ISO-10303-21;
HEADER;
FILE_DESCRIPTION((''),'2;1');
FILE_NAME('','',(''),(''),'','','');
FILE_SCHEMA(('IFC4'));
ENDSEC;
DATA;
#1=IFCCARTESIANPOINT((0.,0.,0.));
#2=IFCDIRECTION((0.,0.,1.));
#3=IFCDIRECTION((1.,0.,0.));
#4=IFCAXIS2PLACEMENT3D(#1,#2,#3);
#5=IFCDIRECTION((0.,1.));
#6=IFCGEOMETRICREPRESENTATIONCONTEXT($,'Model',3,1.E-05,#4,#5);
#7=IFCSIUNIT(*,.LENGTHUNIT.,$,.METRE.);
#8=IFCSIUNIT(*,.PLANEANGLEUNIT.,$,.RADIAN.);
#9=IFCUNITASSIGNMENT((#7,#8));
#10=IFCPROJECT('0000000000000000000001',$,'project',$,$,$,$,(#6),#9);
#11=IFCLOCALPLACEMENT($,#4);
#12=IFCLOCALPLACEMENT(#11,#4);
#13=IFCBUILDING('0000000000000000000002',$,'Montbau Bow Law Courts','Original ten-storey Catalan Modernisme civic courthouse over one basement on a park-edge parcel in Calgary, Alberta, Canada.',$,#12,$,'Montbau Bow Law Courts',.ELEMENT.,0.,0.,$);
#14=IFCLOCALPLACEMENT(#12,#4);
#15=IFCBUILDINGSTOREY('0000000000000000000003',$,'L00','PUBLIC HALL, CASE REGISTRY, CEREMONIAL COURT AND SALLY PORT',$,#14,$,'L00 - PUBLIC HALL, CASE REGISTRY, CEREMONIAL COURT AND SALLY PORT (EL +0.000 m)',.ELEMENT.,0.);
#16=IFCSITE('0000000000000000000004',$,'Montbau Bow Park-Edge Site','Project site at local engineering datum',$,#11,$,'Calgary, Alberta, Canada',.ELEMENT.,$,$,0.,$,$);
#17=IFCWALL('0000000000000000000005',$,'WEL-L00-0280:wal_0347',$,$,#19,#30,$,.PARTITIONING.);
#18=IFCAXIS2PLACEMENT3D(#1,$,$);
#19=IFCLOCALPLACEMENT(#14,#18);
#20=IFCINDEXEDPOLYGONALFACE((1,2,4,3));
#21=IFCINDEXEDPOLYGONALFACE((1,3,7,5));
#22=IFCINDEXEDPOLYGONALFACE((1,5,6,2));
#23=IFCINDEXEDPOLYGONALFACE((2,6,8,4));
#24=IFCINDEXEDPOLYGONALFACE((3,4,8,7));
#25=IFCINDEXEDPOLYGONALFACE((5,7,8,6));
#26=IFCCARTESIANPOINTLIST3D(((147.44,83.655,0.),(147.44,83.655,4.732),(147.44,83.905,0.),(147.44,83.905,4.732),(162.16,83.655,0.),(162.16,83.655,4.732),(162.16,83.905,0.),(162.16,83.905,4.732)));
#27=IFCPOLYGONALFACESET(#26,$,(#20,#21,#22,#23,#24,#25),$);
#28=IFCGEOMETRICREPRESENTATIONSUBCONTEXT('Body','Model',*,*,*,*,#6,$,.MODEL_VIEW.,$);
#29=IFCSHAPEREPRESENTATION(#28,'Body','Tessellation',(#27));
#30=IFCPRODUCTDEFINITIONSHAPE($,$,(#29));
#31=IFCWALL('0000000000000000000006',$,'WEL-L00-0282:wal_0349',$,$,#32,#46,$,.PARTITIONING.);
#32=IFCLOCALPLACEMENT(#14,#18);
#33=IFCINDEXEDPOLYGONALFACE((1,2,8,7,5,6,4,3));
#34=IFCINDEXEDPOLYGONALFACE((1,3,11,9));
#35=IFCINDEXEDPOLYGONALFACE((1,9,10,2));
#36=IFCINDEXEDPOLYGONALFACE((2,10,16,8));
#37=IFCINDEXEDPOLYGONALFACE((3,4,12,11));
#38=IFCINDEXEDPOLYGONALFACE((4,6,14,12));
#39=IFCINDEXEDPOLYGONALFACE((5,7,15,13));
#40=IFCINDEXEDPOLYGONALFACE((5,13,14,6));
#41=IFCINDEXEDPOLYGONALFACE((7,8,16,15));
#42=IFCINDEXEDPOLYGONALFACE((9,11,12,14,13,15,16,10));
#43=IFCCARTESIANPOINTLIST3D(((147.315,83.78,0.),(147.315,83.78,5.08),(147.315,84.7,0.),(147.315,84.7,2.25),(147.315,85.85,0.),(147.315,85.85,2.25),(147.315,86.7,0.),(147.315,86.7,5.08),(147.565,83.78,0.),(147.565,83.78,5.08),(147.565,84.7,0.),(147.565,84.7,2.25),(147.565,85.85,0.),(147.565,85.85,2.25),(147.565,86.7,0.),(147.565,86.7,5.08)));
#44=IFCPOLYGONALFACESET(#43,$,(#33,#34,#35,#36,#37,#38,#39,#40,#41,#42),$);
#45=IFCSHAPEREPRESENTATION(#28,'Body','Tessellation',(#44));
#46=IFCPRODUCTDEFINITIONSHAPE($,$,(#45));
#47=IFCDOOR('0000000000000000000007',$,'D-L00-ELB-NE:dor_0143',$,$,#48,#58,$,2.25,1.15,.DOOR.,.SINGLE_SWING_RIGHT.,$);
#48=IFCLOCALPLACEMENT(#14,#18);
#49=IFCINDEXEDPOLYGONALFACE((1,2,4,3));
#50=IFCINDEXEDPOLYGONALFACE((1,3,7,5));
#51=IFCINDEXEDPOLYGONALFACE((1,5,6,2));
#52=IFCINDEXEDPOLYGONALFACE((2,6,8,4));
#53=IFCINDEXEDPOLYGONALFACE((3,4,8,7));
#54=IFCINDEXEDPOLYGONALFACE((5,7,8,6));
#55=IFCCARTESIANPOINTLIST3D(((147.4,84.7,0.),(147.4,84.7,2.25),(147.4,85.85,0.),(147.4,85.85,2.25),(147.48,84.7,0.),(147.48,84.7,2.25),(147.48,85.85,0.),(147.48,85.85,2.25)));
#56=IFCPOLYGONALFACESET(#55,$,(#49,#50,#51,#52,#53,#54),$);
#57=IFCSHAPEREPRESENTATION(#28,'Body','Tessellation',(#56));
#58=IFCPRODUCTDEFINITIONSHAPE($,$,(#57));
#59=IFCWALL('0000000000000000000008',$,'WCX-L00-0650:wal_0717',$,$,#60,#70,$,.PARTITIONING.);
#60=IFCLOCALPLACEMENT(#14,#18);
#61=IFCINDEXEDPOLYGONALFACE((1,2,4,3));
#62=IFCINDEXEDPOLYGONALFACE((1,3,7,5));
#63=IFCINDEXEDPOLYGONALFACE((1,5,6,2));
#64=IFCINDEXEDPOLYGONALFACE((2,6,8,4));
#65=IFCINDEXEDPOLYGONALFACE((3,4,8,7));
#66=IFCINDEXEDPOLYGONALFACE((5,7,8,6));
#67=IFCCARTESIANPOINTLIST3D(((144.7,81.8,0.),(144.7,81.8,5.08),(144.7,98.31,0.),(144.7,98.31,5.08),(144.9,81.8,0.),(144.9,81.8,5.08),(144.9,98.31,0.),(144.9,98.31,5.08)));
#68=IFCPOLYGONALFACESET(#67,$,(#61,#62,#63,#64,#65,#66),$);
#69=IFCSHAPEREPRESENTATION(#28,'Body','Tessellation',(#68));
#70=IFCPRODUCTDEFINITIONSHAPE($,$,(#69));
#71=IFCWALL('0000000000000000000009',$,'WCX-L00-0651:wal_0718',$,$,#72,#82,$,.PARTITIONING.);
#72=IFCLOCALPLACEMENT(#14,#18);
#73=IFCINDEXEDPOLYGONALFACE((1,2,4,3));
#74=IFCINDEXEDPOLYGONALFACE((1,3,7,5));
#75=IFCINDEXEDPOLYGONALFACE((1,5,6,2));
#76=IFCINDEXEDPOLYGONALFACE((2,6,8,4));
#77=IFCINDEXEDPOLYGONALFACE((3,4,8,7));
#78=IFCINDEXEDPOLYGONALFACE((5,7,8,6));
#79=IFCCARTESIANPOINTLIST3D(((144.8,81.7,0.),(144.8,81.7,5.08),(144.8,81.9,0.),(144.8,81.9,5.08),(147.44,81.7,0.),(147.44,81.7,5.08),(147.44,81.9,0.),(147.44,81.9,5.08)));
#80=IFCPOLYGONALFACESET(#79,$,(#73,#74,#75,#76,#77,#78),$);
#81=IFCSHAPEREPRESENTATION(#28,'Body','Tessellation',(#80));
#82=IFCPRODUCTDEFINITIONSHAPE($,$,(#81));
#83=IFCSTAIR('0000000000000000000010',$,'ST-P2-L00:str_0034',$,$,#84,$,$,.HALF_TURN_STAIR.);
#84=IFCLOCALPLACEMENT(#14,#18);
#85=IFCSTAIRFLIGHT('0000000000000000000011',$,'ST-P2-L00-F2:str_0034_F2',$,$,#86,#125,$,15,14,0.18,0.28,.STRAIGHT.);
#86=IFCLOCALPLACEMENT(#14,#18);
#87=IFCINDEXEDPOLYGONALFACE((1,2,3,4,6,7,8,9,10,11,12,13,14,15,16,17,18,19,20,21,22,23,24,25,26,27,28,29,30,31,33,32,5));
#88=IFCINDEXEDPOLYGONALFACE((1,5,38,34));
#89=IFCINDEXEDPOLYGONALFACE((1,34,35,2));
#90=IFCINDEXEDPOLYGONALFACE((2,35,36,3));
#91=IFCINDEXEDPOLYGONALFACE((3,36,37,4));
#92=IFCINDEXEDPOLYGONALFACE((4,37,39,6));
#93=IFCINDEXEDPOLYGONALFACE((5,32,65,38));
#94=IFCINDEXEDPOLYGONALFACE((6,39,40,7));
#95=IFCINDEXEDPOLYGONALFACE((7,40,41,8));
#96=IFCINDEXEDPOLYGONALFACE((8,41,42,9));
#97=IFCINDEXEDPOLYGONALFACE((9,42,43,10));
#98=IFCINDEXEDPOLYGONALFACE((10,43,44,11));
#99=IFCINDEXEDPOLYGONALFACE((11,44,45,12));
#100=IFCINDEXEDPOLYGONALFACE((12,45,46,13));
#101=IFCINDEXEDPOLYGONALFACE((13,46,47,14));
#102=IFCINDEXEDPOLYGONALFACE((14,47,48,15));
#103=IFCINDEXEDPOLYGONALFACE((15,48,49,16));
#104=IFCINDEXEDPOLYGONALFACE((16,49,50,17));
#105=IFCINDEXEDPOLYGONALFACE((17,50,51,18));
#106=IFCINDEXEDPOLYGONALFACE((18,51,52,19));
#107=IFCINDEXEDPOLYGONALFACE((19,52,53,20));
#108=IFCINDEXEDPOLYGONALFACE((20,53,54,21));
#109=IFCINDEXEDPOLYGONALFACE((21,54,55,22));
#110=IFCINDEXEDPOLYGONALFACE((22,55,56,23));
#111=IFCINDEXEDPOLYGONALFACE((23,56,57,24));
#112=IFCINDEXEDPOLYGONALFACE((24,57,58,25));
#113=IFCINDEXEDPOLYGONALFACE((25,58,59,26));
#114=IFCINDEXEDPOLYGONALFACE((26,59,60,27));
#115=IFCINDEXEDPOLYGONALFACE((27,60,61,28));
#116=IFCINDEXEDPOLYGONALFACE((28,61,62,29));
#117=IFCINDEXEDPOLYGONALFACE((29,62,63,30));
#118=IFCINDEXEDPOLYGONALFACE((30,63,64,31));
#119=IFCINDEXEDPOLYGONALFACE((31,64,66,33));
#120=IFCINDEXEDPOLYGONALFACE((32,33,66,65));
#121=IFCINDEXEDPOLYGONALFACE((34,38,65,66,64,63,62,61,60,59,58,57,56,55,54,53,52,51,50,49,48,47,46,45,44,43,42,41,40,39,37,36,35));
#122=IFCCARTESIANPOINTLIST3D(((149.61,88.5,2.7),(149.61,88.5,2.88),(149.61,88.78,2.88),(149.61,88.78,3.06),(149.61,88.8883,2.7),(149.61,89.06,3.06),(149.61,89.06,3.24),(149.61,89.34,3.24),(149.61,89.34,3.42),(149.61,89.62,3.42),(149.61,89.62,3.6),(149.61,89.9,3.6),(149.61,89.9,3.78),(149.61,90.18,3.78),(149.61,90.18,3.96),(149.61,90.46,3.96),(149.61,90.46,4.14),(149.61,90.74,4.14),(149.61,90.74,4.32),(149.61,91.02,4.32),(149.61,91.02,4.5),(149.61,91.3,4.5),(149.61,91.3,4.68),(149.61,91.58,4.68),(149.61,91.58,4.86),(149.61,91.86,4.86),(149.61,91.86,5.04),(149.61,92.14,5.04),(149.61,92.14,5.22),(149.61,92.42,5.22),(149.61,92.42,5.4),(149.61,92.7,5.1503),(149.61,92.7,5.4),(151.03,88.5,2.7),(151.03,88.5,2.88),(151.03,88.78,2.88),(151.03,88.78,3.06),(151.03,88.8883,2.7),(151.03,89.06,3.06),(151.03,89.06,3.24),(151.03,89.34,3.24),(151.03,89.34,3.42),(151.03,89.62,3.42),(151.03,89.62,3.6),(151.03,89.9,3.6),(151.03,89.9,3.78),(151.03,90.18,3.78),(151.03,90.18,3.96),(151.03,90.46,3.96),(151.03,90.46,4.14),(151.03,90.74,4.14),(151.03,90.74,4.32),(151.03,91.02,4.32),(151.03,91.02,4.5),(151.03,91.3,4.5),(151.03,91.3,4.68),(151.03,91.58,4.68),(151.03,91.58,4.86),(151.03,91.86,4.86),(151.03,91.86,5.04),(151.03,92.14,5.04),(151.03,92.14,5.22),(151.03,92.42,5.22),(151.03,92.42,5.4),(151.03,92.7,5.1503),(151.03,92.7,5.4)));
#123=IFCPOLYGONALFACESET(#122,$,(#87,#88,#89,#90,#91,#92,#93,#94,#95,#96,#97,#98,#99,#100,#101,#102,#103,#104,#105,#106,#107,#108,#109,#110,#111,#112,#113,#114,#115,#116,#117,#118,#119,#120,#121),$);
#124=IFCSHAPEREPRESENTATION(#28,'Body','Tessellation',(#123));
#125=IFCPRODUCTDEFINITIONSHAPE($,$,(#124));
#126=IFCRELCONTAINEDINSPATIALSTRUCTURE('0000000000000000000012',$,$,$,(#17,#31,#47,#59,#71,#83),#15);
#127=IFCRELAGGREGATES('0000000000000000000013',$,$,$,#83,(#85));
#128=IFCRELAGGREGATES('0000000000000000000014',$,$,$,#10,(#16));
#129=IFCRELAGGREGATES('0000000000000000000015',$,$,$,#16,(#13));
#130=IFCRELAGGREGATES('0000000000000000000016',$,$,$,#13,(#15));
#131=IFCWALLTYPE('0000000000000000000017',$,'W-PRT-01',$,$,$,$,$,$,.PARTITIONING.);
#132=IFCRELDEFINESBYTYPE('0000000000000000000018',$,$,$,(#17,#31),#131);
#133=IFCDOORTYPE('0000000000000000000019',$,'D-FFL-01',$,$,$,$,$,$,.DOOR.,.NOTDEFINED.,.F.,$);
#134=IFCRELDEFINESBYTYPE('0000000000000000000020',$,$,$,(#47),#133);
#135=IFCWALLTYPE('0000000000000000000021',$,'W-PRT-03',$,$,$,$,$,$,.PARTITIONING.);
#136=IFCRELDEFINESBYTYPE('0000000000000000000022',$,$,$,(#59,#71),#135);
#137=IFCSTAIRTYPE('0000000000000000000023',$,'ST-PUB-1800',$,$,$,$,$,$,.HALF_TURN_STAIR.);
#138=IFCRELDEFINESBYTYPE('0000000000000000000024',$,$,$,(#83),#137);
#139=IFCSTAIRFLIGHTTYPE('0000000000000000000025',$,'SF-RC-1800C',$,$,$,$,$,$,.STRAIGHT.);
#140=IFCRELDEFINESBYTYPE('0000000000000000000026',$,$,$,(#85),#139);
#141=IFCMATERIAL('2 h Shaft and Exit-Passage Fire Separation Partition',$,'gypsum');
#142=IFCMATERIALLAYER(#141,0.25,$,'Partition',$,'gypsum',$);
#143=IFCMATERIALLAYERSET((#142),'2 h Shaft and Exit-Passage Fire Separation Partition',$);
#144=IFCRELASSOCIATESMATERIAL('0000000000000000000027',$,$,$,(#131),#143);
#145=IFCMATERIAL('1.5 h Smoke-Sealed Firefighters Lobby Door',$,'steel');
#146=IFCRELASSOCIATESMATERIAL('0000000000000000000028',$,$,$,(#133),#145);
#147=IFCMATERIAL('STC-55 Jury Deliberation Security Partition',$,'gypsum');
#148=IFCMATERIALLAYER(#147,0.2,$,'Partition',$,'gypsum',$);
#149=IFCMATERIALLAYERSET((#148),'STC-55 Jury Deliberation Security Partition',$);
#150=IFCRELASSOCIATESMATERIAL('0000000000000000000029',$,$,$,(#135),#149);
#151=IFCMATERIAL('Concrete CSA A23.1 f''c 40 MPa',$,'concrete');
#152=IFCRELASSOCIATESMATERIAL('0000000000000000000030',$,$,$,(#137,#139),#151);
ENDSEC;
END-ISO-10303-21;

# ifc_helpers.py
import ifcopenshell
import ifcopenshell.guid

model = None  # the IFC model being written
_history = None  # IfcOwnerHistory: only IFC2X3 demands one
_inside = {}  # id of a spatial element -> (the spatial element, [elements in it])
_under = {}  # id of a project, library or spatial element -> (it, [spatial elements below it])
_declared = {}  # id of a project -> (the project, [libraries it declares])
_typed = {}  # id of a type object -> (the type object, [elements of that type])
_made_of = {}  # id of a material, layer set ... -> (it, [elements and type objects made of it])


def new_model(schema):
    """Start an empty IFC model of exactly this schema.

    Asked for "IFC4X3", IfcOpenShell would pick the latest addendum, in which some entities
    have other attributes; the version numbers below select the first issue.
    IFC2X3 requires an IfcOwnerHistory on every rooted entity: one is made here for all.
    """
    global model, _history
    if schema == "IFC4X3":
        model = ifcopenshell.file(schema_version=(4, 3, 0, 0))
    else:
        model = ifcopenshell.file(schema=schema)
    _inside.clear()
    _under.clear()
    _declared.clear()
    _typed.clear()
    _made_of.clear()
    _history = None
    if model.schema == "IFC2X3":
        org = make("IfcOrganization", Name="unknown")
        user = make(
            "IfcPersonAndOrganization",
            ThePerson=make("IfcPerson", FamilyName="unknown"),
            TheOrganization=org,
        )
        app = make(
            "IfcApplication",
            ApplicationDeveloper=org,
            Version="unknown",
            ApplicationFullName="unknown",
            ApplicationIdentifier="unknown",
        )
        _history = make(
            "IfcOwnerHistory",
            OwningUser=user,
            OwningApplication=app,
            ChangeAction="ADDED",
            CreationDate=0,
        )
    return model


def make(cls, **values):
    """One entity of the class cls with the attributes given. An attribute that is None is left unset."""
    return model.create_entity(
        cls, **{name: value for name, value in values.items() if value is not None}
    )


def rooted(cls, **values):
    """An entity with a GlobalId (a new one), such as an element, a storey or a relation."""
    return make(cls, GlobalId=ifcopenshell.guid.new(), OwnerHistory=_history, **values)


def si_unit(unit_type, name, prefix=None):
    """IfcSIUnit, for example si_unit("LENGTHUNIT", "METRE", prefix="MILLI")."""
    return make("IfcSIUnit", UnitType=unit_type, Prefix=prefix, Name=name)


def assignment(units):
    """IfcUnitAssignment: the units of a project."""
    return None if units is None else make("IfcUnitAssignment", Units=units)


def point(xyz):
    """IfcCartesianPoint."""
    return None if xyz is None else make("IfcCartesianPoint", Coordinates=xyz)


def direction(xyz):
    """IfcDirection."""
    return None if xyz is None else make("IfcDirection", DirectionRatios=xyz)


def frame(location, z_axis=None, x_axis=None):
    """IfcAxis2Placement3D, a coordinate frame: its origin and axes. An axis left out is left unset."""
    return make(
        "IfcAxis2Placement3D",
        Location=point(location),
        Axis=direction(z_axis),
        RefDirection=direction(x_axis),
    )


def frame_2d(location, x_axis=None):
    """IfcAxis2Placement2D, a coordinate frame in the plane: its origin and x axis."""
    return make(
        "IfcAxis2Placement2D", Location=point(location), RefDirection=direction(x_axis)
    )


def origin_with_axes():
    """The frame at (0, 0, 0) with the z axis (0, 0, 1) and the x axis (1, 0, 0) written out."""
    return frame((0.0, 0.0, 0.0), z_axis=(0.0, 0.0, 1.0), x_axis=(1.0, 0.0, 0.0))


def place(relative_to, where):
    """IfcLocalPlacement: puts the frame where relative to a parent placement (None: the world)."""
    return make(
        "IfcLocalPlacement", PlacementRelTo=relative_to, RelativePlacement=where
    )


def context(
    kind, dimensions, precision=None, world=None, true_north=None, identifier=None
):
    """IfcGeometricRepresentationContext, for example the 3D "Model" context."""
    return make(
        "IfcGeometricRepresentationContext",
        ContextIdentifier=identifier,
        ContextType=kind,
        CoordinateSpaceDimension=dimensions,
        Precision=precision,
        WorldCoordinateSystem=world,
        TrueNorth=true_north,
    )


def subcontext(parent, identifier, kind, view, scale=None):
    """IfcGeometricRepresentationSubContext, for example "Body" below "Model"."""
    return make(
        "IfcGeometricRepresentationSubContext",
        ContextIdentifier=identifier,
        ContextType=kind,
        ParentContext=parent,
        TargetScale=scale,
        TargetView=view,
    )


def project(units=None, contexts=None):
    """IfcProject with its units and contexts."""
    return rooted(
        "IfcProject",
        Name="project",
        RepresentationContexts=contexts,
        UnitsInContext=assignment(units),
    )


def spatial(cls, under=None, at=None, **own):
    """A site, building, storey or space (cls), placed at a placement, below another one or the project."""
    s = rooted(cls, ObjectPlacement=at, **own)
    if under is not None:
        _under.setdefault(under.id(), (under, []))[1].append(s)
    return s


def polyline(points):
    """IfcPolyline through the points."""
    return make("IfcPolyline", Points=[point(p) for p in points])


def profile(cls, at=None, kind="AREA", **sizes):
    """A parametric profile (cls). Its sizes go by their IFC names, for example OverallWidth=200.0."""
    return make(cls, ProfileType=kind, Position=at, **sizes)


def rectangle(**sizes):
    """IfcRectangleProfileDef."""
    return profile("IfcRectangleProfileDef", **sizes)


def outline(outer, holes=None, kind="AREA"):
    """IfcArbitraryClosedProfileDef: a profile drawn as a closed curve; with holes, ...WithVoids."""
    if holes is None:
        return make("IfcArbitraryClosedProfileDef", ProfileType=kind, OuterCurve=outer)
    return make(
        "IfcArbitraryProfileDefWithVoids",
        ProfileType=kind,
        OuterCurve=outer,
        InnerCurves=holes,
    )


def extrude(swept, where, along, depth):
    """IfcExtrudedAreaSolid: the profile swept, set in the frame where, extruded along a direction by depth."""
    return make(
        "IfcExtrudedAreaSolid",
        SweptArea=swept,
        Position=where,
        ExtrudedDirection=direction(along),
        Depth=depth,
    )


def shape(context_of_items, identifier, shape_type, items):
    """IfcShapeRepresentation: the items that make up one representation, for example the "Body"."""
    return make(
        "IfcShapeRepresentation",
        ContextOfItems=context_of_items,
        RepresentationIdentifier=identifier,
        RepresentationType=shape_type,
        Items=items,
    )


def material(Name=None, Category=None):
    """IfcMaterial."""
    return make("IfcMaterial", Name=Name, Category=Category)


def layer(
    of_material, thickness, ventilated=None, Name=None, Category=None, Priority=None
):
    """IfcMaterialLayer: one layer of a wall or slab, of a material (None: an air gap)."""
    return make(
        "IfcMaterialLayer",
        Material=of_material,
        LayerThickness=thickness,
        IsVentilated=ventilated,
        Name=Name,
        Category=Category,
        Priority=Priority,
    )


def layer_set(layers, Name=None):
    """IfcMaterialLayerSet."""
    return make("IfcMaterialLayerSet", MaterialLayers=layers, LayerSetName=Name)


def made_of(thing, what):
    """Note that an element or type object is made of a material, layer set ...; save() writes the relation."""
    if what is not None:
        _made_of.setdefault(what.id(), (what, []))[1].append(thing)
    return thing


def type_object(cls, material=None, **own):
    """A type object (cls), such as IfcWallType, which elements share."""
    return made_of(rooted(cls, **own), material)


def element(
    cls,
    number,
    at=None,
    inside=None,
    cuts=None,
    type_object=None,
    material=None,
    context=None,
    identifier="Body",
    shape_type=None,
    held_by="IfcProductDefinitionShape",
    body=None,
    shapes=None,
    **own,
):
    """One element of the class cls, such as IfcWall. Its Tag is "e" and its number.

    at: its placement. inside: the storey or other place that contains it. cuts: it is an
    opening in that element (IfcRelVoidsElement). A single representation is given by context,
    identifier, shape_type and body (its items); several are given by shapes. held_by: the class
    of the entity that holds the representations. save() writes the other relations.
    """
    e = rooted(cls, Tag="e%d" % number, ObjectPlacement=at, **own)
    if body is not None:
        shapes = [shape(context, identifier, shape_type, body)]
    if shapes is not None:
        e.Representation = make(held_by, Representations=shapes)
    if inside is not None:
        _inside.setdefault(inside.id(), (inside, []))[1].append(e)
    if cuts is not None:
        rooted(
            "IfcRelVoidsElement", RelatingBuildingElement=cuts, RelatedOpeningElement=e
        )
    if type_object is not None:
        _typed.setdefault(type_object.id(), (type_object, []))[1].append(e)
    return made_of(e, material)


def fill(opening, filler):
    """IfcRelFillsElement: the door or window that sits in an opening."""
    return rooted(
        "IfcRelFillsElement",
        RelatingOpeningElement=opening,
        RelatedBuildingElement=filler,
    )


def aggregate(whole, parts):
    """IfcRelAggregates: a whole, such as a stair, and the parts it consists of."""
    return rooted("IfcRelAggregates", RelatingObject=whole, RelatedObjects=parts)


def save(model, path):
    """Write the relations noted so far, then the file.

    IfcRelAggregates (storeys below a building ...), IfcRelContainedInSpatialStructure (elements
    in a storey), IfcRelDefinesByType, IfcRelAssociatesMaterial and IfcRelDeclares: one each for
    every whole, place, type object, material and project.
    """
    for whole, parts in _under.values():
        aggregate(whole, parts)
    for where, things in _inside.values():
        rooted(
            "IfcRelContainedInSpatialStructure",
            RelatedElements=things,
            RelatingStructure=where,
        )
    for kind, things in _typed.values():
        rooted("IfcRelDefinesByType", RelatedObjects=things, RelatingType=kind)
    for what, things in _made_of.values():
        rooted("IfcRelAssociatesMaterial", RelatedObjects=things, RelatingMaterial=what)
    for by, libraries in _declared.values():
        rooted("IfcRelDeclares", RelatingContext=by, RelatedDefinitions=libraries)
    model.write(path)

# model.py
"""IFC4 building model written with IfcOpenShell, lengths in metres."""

from ifc_helpers import new_model, si_unit, direction, frame, frame_2d, origin_with_axes, place, context, subcontext, project, spatial, polyline, rectangle, outline, extrude, material, layer, layer_set, type_object, element, fill, aggregate, save


model = new_model("IFC4")

# Units and contexts
model_context = context("Model", 3, precision=1e-05, world=origin_with_axes(), true_north=direction((0.0, 1.0)))
body_context = subcontext(model_context, "Body", "Model", "MODEL_VIEW")
ifc_project = project(units=[si_unit("LENGTHUNIT", "METRE"), si_unit("PLANEANGLEUNIT", "RADIAN")], contexts=[model_context])

# Site, building, storey
site_placement = place(None, origin_with_axes())
site = spatial("IfcSite", under=ifc_project, at=site_placement, Name="Montbau Bow Park-Edge Site", Description="Project site at local engineering datum", LongName="Calgary, Alberta, Canada", CompositionType="ELEMENT", RefElevation=0.0)
building_placement = place(site_placement, origin_with_axes())
building = spatial("IfcBuilding", under=site, at=building_placement, Name="Montbau Bow Law Courts", Description="Original ten-storey Catalan Modernisme civic courthouse over one basement on a park-edge parcel in Calgary, Alberta, Canada.", LongName="Montbau Bow Law Courts", CompositionType="ELEMENT", ElevationOfRefHeight=0.0, ElevationOfTerrain=0.0)
storey_placement = place(building_placement, origin_with_axes())
storey = spatial("IfcBuildingStorey", under=building, at=storey_placement, Name="L00", Description="PUBLIC HALL, CASE REGISTRY, CEREMONIAL COURT AND SALLY PORT", LongName="L00 - PUBLIC HALL, CASE REGISTRY, CEREMONIAL COURT AND SALLY PORT (EL +0.000 m)", CompositionType="ELEMENT", Elevation=0.0)

# Shared definitions
ifc_material_1 = material(Name="Concrete CSA A23.1 f'c 40 MPa", Category="concrete")

# Wall
ifc_material_2 = material(Name="2 h Shaft and Exit-Passage Fire Separation Partition", Category="gypsum")
ifc_layer_1 = layer(ifc_material_2, 0.25, Name="Partition", Category="gypsum")
ifc_layer_set_1 = layer_set([ifc_layer_1], Name="2 h Shaft and Exit-Passage Fire Separation Partition")
wall_type_1 = type_object("IfcWallType", Name="W-PRT-01", PredefinedType="PARTITIONING", material=ifc_layer_set_1)
wall_1_placement = place(None, frame((147.44, 83.78, 0.0), z_axis=(0.0, 0.0, 1.0), x_axis=(1.0, 0.0, 0.0)))
element("IfcWall", 1, at=wall_1_placement, inside=storey, type_object=wall_type_1, Name="WEL-L00-0280:wal_0347", PredefinedType="PARTITIONING", context=body_context, shape_type="SweptSolid", body=[
    extrude(rectangle(XDim=14.72, YDim=0.25, at=frame_2d((7.36, 0.0), x_axis=(1.0, 0.0))), origin_with_axes(), (0.0, 0.0, 1.0), 4.732),
])

# Wall, opening, door
wall_2_placement = place(None, frame((147.44, 86.7, 0.0), z_axis=(0.0, 0.0, 1.0), x_axis=(0.0, -1.0, 0.0)))
wall_2 = element("IfcWall", 2, at=wall_2_placement, inside=storey, type_object=wall_type_1, Name="WEL-L00-0282:wal_0349", PredefinedType="PARTITIONING", context=body_context, shape_type="SweptSolid", body=[
    extrude(rectangle(XDim=2.92, YDim=0.25, at=frame_2d((1.46, 0.0), x_axis=(1.0, 0.0))), origin_with_axes(), (0.0, 0.0, 1.0), 5.08),
])
opening_1_placement = place(None, frame((147.44, 85.275, 0.0), z_axis=(0.0, 0.0, 1.0), x_axis=(0.0, -1.0, 0.0)))
opening_1 = element("IfcOpeningElement", 3, at=opening_1_placement, cuts=wall_2, PredefinedType="OPENING", context=body_context, shape_type="SweptSolid", body=[
    extrude(rectangle(XDim=1.15, YDim=2.25, at=frame_2d((0.0, 1.125), x_axis=(1.0, 0.0))), frame((0.0, 0.135, 0.0), z_axis=(0.0, -1.0, 0.0), x_axis=(1.0, 0.0, 0.0)), (0.0, 0.0, 1.0), 0.27),
])
ifc_material_3 = material(Name="1.5 h Smoke-Sealed Firefighters Lobby Door", Category="steel")
door_type_1 = type_object("IfcDoorType", Name="D-FFL-01", OperationType="NOTDEFINED", ParameterTakesPrecedence=False, PredefinedType="DOOR", material=ifc_material_3)
door_1_placement = place(None, frame((147.44, 85.275, 0.0), z_axis=(0.0, 0.0, 1.0), x_axis=(0.0, -1.0, 0.0)))
door_1 = element("IfcDoor", 4, at=door_1_placement, inside=storey, type_object=door_type_1, Name="D-L00-ELB-NE:dor_0143", OperationType="SINGLE_SWING_RIGHT", OverallHeight=2.25, OverallWidth=1.15, PredefinedType="DOOR", context=body_context, shape_type="SweptSolid", body=[
    extrude(rectangle(XDim=1.15, YDim=2.25, at=frame_2d((0.0, 1.125), x_axis=(1.0, 0.0))), frame((0.0, 0.04, 0.0), z_axis=(0.0, -1.0, 0.0), x_axis=(1.0, 0.0, 0.0)), (0.0, 0.0, 1.0), 0.08),
])
fill(opening_1, door_1)

# Walls
ifc_material_4 = material(Name="STC-55 Jury Deliberation Security Partition", Category="gypsum")
ifc_layer_2 = layer(ifc_material_4, 0.2, Name="Partition", Category="gypsum")
ifc_layer_set_2 = layer_set([ifc_layer_2], Name="STC-55 Jury Deliberation Security Partition")
wall_type_2 = type_object("IfcWallType", Name="W-PRT-03", PredefinedType="PARTITIONING", material=ifc_layer_set_2)
wall_3_placement = place(None, frame((144.8, 81.8, 0.0), z_axis=(0.0, 0.0, 1.0), x_axis=(0.0, 1.0, 0.0)))
element("IfcWall", 5, at=wall_3_placement, inside=storey, type_object=wall_type_2, Name="WCX-L00-0650:wal_0717", PredefinedType="PARTITIONING", context=body_context, shape_type="SweptSolid", body=[
    extrude(rectangle(XDim=16.51, YDim=0.2, at=frame_2d((8.255, 0.0), x_axis=(1.0, 0.0))), origin_with_axes(), (0.0, 0.0, 1.0), 5.08),
])
wall_4_placement = place(None, frame((144.8, 81.8, 0.0), z_axis=(0.0, 0.0, 1.0), x_axis=(1.0, 0.0, 0.0)))
element("IfcWall", 6, at=wall_4_placement, inside=storey, type_object=wall_type_2, Name="WCX-L00-0651:wal_0718", PredefinedType="PARTITIONING", context=body_context, shape_type="SweptSolid", body=[
    extrude(rectangle(XDim=2.64, YDim=0.2, at=frame_2d((1.32, 0.0), x_axis=(1.0, 0.0))), origin_with_axes(), (0.0, 0.0, 1.0), 5.08),
])

# Stair, stair flight
stair_type = type_object("IfcStairType", Name="ST-PUB-1800", PredefinedType="HALF_TURN_STAIR", material=ifc_material_1)
stair_placement = place(None, frame((148.505, 92.7, 0.0), z_axis=(0.0, 0.0, 1.0), x_axis=(1.0, 0.0, 0.0)))
stair = element("IfcStair", 7, at=stair_placement, inside=storey, type_object=stair_type, Name="ST-P2-L00:str_0034", PredefinedType="HALF_TURN_STAIR")
stair_flight_type = type_object("IfcStairFlightType", Name="SF-RC-1800C", PredefinedType="STRAIGHT", material=ifc_material_1)
stair_flight_placement = place(None, frame((150.32, 88.5, 2.7), z_axis=(0.0, 0.0, 1.0), x_axis=(0.0, 1.0, 0.0)))
stair_flight = element("IfcStairFlight", 8, at=stair_flight_placement, type_object=stair_flight_type, Name="ST-P2-L00-F2:str_0034_F2", NumberOfRisers=15, NumberOfTreads=14, PredefinedType="STRAIGHT", RiserHeight=0.18, TreadLength=0.28, context=body_context, shape_type="SweptSolid", body=[
    extrude(outline(polyline([(0.0, 0.0), (0.0, 0.18), (0.28, 0.18), (0.28, 0.36), (0.56, 0.36), (0.56, 0.54), (0.84, 0.54), (0.84, 0.72), (1.12, 0.72), (1.12, 0.9), (1.4, 0.9), (1.4, 1.08), (1.68, 1.08), (1.68, 1.26), (1.96, 1.26), (1.96, 1.44), (2.24, 1.44), (2.24, 1.62), (2.52, 1.62), (2.52, 1.8), (2.8, 1.8), (2.8, 1.98), (3.08, 1.98), (3.08, 2.16), (3.36, 2.16), (3.36, 2.34), (3.64, 2.34), (3.64, 2.52), (3.92, 2.52), (3.92, 2.7), (4.2, 2.7), (4.2, 2.4503), (0.3883, 0.0), (0.0, 0.0)])), frame((0.0, 0.71, 0.0), z_axis=(0.0, -1.0, 0.0), x_axis=(1.0, 0.0, 0.0)), (0.0, 0.0, 1.0), 1.42),
])
aggregate(stair, [stair_flight])

save(model, "model.ifc")
